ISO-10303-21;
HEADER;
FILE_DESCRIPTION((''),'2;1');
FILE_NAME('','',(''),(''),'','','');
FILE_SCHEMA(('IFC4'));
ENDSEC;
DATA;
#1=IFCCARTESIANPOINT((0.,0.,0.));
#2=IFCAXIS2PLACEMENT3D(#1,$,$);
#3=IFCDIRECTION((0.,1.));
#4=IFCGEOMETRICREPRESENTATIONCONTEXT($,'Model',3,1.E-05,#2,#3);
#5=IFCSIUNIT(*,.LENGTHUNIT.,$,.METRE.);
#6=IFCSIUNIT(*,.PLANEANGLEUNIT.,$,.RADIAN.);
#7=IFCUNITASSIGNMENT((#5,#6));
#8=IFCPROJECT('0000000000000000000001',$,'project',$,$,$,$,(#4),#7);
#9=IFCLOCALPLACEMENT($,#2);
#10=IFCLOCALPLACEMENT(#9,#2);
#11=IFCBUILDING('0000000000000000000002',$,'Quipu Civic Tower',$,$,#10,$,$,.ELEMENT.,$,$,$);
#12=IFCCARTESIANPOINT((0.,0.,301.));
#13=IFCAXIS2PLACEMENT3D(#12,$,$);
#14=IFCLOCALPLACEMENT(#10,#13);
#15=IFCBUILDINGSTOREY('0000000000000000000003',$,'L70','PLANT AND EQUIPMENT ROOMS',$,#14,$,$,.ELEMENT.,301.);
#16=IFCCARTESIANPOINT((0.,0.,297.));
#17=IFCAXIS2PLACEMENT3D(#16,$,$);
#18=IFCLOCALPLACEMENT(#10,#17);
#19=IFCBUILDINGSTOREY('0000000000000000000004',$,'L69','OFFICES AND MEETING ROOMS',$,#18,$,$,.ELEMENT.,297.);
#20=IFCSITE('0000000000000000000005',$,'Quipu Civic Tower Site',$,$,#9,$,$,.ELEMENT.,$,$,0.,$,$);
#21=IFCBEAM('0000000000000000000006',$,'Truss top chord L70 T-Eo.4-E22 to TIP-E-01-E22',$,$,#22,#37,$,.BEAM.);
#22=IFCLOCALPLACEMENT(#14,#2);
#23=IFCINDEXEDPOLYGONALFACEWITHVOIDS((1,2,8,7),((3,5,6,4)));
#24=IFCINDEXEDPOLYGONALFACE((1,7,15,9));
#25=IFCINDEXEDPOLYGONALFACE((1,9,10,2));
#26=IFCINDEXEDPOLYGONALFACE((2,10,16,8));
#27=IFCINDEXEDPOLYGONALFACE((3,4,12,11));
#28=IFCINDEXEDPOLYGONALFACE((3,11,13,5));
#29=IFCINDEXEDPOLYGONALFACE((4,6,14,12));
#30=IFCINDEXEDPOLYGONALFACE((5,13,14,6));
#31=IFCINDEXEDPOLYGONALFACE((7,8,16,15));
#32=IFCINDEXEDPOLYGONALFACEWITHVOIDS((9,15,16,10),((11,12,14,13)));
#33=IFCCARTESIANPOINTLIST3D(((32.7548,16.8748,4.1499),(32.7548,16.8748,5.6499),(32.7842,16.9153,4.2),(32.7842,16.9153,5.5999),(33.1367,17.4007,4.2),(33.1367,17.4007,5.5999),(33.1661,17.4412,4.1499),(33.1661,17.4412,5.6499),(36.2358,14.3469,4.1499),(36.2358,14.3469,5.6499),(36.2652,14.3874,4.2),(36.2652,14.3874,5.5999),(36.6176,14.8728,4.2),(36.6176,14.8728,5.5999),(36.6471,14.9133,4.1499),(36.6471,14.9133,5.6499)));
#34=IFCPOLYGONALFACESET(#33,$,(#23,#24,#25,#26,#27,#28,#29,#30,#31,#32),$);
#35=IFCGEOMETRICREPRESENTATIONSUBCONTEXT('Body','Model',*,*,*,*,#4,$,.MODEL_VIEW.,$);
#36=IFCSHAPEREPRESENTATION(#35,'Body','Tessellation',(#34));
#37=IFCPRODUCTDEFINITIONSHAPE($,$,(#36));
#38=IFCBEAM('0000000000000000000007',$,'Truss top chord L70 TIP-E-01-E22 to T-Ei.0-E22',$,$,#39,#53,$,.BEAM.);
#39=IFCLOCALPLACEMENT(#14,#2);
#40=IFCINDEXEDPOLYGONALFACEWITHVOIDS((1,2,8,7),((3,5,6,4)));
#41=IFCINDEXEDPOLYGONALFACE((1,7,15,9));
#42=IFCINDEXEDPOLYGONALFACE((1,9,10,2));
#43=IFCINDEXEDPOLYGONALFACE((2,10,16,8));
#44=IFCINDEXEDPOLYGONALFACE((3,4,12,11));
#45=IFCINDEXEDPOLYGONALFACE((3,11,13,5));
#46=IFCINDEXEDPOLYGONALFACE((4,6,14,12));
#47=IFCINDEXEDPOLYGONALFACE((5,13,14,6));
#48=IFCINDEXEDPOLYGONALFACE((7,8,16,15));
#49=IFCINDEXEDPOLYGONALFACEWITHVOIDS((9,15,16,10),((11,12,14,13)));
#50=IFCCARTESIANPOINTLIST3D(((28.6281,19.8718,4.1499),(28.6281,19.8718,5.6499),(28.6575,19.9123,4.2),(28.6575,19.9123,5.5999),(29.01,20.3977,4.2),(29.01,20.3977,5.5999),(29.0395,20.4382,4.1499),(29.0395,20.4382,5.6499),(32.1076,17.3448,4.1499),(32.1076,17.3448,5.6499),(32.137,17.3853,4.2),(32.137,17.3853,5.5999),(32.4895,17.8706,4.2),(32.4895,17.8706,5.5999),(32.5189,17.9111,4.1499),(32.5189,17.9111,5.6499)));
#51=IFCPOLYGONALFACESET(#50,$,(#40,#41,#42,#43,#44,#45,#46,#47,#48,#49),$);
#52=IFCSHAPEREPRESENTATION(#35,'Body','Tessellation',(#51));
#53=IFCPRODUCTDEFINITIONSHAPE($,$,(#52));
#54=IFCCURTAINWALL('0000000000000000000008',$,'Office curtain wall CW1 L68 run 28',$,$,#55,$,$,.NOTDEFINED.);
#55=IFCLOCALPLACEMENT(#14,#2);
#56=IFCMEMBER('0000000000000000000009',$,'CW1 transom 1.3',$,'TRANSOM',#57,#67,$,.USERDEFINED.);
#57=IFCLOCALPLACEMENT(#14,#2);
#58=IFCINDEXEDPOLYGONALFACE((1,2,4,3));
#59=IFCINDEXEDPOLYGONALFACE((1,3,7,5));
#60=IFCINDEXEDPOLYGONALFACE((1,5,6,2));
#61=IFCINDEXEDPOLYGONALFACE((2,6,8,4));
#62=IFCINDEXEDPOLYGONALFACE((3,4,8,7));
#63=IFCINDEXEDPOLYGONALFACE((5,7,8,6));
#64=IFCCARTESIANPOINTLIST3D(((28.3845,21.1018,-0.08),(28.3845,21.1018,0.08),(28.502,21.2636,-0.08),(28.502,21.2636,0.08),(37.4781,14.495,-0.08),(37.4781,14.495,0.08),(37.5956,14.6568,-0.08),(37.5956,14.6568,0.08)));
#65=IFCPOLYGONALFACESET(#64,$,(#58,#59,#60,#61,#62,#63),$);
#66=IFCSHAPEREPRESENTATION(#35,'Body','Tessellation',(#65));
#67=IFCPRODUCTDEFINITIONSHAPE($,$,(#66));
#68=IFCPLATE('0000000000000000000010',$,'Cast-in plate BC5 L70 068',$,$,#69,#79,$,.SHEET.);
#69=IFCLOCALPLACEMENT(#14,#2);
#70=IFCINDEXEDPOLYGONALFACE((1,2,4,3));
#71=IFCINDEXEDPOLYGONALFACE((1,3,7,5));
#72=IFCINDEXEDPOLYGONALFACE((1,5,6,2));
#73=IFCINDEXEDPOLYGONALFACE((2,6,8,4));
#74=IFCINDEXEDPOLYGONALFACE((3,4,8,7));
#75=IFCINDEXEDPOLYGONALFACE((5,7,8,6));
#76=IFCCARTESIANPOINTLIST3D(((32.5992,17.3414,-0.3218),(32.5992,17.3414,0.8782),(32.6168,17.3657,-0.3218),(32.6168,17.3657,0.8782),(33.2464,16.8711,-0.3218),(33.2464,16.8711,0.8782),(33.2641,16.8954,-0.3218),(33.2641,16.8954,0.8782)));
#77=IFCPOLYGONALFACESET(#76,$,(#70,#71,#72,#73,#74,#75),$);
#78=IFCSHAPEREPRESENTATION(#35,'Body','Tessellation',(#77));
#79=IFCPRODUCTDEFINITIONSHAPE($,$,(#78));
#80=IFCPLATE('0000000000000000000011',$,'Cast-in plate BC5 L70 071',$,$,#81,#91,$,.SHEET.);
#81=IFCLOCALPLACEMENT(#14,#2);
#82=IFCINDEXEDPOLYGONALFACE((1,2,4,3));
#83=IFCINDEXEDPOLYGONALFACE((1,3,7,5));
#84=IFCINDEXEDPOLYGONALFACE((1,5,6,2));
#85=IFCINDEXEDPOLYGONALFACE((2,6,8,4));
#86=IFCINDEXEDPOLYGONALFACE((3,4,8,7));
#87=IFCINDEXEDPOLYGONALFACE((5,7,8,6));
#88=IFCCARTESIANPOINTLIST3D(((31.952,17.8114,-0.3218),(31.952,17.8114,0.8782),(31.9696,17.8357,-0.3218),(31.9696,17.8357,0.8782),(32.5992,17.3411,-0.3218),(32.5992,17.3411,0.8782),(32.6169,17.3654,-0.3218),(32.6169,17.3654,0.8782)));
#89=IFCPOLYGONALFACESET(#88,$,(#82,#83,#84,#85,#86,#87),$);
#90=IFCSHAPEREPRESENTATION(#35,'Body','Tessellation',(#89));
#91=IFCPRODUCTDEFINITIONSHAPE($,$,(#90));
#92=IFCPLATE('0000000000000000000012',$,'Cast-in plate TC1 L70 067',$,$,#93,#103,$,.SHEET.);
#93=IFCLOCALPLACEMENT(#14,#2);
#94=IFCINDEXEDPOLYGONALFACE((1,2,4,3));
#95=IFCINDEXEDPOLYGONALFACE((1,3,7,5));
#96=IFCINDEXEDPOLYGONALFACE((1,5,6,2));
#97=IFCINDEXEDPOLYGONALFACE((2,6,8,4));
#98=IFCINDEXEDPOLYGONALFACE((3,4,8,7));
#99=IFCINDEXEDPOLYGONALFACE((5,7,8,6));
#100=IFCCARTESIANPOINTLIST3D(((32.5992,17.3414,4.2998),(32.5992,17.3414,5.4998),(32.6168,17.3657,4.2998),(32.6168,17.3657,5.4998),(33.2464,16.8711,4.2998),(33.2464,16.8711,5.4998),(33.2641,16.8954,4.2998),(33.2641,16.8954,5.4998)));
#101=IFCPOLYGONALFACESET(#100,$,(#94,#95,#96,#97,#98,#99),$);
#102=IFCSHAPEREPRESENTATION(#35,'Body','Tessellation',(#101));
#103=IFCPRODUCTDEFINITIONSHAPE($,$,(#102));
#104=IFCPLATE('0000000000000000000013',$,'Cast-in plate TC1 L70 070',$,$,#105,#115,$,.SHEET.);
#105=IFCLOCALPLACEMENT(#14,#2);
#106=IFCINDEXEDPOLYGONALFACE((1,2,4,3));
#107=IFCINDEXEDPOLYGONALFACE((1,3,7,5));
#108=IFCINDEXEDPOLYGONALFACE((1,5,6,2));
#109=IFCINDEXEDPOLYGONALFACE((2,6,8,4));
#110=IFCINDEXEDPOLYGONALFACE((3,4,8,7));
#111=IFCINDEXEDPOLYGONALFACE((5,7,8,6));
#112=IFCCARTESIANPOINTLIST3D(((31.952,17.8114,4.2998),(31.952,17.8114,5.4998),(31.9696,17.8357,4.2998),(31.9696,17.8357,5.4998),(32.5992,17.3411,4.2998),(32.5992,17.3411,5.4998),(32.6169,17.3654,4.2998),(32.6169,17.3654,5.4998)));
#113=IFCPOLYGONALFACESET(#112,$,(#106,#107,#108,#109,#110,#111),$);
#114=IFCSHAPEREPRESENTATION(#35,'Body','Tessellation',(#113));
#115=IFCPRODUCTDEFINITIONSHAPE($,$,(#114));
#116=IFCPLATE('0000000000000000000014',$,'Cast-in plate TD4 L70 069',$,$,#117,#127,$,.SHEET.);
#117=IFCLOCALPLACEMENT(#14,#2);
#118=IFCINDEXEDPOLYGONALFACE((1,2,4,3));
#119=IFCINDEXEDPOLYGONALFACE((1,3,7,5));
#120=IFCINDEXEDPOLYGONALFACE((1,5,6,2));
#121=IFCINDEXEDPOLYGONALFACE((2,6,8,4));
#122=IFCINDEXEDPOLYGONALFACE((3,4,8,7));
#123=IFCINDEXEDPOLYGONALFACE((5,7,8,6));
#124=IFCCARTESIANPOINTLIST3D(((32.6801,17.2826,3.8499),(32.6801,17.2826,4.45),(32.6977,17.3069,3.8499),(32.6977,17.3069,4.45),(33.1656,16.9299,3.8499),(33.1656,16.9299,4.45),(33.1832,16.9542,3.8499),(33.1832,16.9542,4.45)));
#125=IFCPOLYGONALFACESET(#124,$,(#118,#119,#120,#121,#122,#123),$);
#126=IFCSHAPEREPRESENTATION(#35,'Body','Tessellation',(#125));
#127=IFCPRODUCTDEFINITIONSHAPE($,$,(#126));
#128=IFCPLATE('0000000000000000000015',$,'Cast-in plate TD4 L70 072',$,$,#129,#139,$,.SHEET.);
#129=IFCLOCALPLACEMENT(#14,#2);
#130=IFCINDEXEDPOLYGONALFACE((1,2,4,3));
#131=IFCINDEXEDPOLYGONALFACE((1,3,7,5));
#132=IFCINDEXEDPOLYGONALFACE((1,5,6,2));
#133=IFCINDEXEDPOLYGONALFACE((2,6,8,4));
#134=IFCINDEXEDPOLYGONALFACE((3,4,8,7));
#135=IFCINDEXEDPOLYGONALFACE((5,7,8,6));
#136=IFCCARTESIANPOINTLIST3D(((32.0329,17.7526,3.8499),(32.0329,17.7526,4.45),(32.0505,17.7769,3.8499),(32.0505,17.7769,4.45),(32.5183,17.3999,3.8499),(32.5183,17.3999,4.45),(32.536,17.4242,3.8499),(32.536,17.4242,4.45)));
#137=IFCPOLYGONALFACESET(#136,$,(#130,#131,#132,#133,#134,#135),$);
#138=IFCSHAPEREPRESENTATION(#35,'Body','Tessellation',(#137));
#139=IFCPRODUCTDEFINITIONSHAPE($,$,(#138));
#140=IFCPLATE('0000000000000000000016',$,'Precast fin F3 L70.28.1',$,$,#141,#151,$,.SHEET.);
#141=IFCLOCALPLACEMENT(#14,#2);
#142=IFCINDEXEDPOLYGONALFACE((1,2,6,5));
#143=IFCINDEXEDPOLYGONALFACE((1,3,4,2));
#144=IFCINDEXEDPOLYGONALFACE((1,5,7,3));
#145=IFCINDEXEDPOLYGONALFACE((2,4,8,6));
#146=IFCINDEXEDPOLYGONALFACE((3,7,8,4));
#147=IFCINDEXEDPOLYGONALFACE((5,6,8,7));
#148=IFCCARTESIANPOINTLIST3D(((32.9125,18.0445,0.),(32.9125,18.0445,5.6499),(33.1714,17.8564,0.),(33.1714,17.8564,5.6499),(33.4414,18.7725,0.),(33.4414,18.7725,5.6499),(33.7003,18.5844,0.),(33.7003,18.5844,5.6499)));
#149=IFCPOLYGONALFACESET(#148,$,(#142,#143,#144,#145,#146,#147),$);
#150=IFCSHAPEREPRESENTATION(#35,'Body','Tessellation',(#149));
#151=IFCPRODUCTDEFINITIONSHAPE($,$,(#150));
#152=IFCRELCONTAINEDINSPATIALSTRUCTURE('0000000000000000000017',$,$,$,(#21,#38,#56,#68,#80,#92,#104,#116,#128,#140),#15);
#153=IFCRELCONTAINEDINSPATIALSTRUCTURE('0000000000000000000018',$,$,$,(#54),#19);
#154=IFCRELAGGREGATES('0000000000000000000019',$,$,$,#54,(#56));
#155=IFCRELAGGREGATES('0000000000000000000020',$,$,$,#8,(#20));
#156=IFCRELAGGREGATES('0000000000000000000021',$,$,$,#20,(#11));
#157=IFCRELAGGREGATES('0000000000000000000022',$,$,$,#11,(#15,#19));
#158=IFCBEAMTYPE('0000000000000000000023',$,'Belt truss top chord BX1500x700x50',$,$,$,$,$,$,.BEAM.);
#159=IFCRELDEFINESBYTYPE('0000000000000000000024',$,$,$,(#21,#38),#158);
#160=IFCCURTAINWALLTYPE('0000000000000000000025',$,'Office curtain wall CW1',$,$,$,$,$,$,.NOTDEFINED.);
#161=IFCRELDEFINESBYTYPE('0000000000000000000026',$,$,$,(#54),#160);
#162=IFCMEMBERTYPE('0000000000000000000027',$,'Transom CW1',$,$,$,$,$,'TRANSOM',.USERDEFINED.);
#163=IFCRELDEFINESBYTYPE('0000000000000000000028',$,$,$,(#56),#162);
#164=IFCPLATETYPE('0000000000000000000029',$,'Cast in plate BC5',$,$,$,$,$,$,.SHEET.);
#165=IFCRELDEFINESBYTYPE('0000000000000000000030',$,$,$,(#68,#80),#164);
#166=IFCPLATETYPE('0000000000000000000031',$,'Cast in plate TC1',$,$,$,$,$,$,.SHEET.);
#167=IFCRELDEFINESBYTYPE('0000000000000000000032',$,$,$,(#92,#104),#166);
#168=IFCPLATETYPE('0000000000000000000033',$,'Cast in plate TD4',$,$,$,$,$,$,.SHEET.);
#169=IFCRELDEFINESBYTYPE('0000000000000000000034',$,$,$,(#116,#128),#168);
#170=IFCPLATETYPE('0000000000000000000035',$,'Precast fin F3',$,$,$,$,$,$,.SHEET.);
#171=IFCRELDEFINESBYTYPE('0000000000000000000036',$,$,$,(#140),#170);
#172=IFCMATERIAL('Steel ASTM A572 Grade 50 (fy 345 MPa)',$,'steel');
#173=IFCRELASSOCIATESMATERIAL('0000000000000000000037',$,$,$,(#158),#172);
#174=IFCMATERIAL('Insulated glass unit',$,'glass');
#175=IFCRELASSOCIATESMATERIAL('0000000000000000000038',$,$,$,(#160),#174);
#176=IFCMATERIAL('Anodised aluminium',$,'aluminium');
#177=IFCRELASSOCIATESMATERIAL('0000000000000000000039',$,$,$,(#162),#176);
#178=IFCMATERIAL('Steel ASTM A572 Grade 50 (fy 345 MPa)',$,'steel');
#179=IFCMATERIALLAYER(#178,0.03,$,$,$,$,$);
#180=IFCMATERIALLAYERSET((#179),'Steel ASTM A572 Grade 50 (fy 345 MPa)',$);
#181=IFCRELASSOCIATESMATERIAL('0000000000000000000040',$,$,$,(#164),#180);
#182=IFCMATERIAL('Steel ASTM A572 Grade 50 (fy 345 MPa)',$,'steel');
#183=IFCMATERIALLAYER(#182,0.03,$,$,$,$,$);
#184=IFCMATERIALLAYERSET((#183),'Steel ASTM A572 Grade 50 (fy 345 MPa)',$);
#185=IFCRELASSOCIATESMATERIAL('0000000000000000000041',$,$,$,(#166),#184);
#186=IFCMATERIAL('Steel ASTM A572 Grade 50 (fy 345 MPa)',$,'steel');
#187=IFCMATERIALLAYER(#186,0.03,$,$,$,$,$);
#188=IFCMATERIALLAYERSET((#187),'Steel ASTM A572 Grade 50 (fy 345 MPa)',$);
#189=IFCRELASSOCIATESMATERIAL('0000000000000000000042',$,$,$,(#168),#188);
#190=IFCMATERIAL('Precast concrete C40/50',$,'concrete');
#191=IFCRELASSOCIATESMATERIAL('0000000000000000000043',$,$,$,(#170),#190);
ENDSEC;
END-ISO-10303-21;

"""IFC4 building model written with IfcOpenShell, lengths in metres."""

from ifc_helpers import new_model, si_unit, direction, frame, origin, origin_2d, place, context, subcontext, project, spatial, rectangle, hollow_rectangle, extrude, material, layer, layer_set, material_profile, profile_set, type_object, element, aggregate, save


model = new_model("IFC4")

# Units and contexts
model_context = context("Model", 3, precision=1e-05, world=origin(), true_north=direction((0.0, 1.0)))
body_context = subcontext(model_context, "Body", "Model", "MODEL_VIEW")
ifc_project = project(units=[si_unit("LENGTHUNIT", "METRE"), si_unit("PLANEANGLEUNIT", "RADIAN")], contexts=[model_context])

# Site, building, storey
site_placement = place(None, origin())
site = spatial("IfcSite", under=ifc_project, at=site_placement, Name="Quipu Civic Tower Site", CompositionType="ELEMENT", RefElevation=0.0)
building_placement = place(site_placement, origin())
building = spatial("IfcBuilding", under=site, at=building_placement, Name="Quipu Civic Tower", CompositionType="ELEMENT")
storey_1_placement = place(building_placement, frame((0.0, 0.0, 301.0)))
storey_1 = spatial("IfcBuildingStorey", under=building, at=storey_1_placement, Name="L70", Description="PLANT AND EQUIPMENT ROOMS", CompositionType="ELEMENT", Elevation=301.0)

# Beams
ifc_material_1 = material(Name="Steel ASTM A572 Grade 50 (fy 345 MPa)", Category="steel")
ifc_material_profile_1 = material_profile(ifc_material_1, hollow_rectangle(XDim=0.7, YDim=1.5, WallThickness=0.05, at=origin_2d()), Name="BX1500x700x50")
ifc_profile_set_1 = profile_set([ifc_material_profile_1], Name="Steel ASTM A572 Grade 50 (fy 345 MPa)")
beam_type_1 = type_object("IfcBeamType", Name="Belt truss top chord BX1500x700x50", PredefinedType="BEAM", material=ifc_profile_set_1)
beam_1_placement = place(storey_1_placement, frame((36.4414, 14.6301, 4.8999), z_axis=(-0.809153, 0.587598, 0.0), x_axis=(-0.587598, -0.809153, 0.0)))
element("IfcBeam", 1, at=beam_1_placement, inside=storey_1, type_object=beam_type_1, Name="Truss top chord L70 T-Eo.4-E22 to TIP-E-01-E22", PredefinedType="BEAM", context=body_context, shape_type="SweptSolid", body=[
    extrude(hollow_rectangle(XDim=0.7, YDim=1.5, WallThickness=0.05, at=origin_2d()), origin(), (0.0, 0.0, 1.0), 4.302),
])
beam_2_placement = place(storey_1_placement, frame((32.3132, 17.6279, 4.8999), z_axis=(-0.809116, 0.587648, 0.0), x_axis=(-0.587648, -0.809116, 0.0)))
element("IfcBeam", 2, at=beam_2_placement, inside=storey_1, type_object=beam_type_1, Name="Truss top chord L70 TIP-E-01-E22 to T-Ei.0-E22", PredefinedType="BEAM", context=body_context, shape_type="SweptSolid", body=[
    extrude(hollow_rectangle(XDim=0.7, YDim=1.5, WallThickness=0.05, at=origin_2d()), origin(), (0.0, 0.0, 1.0), 4.3003),
])

# Shared definitions
storey_2_placement = place(building_placement, frame((0.0, 0.0, 297.0)))
storey_2 = spatial("IfcBuildingStorey", under=building, at=storey_2_placement, Name="L69", Description="OFFICES AND MEETING ROOMS", CompositionType="ELEMENT", Elevation=297.0)

# Curtain wall, member
ifc_material_2 = material(Name="Insulated glass unit", Category="glass")
curtain_wall_type = type_object("IfcCurtainWallType", Name="Office curtain wall CW1", PredefinedType="NOTDEFINED", material=ifc_material_2)
curtain_wall_placement = place(storey_2_placement, origin())
curtain_wall = element("IfcCurtainWall", 3, at=curtain_wall_placement, inside=storey_2, type_object=curtain_wall_type, Name="Office curtain wall CW1 L68 run 28", PredefinedType="NOTDEFINED")
ifc_material_3 = material(Name="Anodised aluminium", Category="aluminium")
ifc_material_profile_2 = material_profile(ifc_material_3, rectangle(XDim=0.2, YDim=0.1599, at=origin_2d()), Name="RECT 200x160")
ifc_profile_set_2 = profile_set([ifc_material_profile_2], Name="Anodised aluminium")
member_type_1 = type_object("IfcMemberType", Name="Transom CW1", ElementType="TRANSOM", PredefinedType="USERDEFINED", material=ifc_profile_set_2)
member_1_placement = place(storey_1_placement, frame((37.5369, 14.5759, 0.0), z_axis=(-0.809022, 0.587778, 0.0), x_axis=(-0.587778, -0.809022, 0.0)))
member_1 = element("IfcMember", 4, at=member_1_placement, inside=storey_1, type_object=member_type_1, Name="CW1 transom 1.3", ObjectType="TRANSOM", PredefinedType="USERDEFINED", context=body_context, shape_type="SweptSolid", body=[
    extrude(rectangle(XDim=0.2, YDim=0.1599, at=origin_2d()), origin(), (0.0, 0.0, 1.0), 11.2402),
])
aggregate(curtain_wall, [member_1])

# Plates
ifc_material_4 = material(Name="Steel ASTM A572 Grade 50 (fy 345 MPa)", Category="steel")
ifc_layer_1 = layer(ifc_material_4, 0.03)
ifc_layer_set_1 = layer_set([ifc_layer_1], Name="Steel ASTM A572 Grade 50 (fy 345 MPa)")
plate_type_1 = type_object("IfcPlateType", Name="Cast in plate BC5", PredefinedType="SHEET", material=ifc_layer_set_1)
for number, where, z_axis, x_axis, name in (
    (5, (32.9316, 17.1184, -0.3218), (0.0, 0.0, 1.0), (0.809007, -0.587799, 0.0), "Cast-in plate BC5 L70 068"),
    (6, (32.2844, 17.5884, -0.3218), (0.0, 0.0, 1.0), (0.809007, -0.587799, 0.0), "Cast-in plate BC5 L70 071"),
):
    element("IfcPlate", number, at=place(storey_1_placement, frame(where, z_axis=z_axis, x_axis=x_axis)), inside=storey_1, type_object=plate_type_1, Name=name, PredefinedType="SHEET", context=body_context, shape_type="SweptSolid", body=[
        extrude(rectangle(XDim=0.8, YDim=0.03, at=origin_2d()), origin(), (0.0, 0.0, 1.0), 1.2),
    ])
ifc_material_5 = material(Name="Steel ASTM A572 Grade 50 (fy 345 MPa)", Category="steel")
ifc_layer_2 = layer(ifc_material_5, 0.03)
ifc_layer_set_2 = layer_set([ifc_layer_2], Name="Steel ASTM A572 Grade 50 (fy 345 MPa)")
plate_type_2 = type_object("IfcPlateType", Name="Cast in plate TC1", PredefinedType="SHEET", material=ifc_layer_set_2)
for number, where, z_axis, x_axis, name in (
    (7, (32.9316, 17.1184, 4.2998), (0.0, 0.0, 1.0), (0.809007, -0.587799, 0.0), "Cast-in plate TC1 L70 067"),
    (8, (32.2844, 17.5884, 4.2998), (0.0, 0.0, 1.0), (0.809007, -0.587799, 0.0), "Cast-in plate TC1 L70 070"),
):
    element("IfcPlate", number, at=place(storey_1_placement, frame(where, z_axis=z_axis, x_axis=x_axis)), inside=storey_1, type_object=plate_type_2, Name=name, PredefinedType="SHEET", context=body_context, shape_type="SweptSolid", body=[
        extrude(rectangle(XDim=0.8, YDim=0.03, at=origin_2d()), origin(), (0.0, 0.0, 1.0), 1.2),
    ])
ifc_material_6 = material(Name="Steel ASTM A572 Grade 50 (fy 345 MPa)", Category="steel")
ifc_layer_3 = layer(ifc_material_6, 0.03)
ifc_layer_set_3 = layer_set([ifc_layer_3], Name="Steel ASTM A572 Grade 50 (fy 345 MPa)")
plate_type_3 = type_object("IfcPlateType", Name="Cast in plate TD4", PredefinedType="SHEET", material=ifc_layer_set_3)
for number, where, z_axis, x_axis, name in (
    (9, (32.9316, 17.1184, 3.8499), (0.0, 0.0, 1.0), (0.809007, -0.587799, 0.0), "Cast-in plate TD4 L70 069"),
    (10, (32.2844, 17.5884, 3.8499), (0.0, 0.0, 1.0), (0.809007, -0.587799, 0.0), "Cast-in plate TD4 L70 072"),
):
    element("IfcPlate", number, at=place(storey_1_placement, frame(where, z_axis=z_axis, x_axis=x_axis)), inside=storey_1, type_object=plate_type_3, Name=name, PredefinedType="SHEET", context=body_context, shape_type="SweptSolid", body=[
        extrude(rectangle(XDim=0.6001, YDim=0.03, at=origin_2d()), origin(), (0.0, 0.0, 1.0), 0.6001),
    ])
ifc_material_7 = material(Name="Precast concrete C40/50", Category="concrete")
plate_type_4 = type_object("IfcPlateType", Name="Precast fin F3", PredefinedType="SHEET", material=ifc_material_7)
plate_placement = place(storey_1_placement, frame((33.3064, 18.3145, 0.0), z_axis=(0.0, 0.0, 1.0), x_axis=(-0.809017, 0.587785, 0.0)))
element("IfcPlate", 11, at=plate_placement, inside=storey_1, type_object=plate_type_4, Name="Precast fin F3 L70.28.1", PredefinedType="SHEET", context=body_context, shape_type="SweptSolid", body=[
    extrude(rectangle(XDim=0.3201, YDim=0.8999, at=origin_2d()), origin(), (0.0, 0.0, 1.0), 5.6499),
])

save(model, "model.ifc")
